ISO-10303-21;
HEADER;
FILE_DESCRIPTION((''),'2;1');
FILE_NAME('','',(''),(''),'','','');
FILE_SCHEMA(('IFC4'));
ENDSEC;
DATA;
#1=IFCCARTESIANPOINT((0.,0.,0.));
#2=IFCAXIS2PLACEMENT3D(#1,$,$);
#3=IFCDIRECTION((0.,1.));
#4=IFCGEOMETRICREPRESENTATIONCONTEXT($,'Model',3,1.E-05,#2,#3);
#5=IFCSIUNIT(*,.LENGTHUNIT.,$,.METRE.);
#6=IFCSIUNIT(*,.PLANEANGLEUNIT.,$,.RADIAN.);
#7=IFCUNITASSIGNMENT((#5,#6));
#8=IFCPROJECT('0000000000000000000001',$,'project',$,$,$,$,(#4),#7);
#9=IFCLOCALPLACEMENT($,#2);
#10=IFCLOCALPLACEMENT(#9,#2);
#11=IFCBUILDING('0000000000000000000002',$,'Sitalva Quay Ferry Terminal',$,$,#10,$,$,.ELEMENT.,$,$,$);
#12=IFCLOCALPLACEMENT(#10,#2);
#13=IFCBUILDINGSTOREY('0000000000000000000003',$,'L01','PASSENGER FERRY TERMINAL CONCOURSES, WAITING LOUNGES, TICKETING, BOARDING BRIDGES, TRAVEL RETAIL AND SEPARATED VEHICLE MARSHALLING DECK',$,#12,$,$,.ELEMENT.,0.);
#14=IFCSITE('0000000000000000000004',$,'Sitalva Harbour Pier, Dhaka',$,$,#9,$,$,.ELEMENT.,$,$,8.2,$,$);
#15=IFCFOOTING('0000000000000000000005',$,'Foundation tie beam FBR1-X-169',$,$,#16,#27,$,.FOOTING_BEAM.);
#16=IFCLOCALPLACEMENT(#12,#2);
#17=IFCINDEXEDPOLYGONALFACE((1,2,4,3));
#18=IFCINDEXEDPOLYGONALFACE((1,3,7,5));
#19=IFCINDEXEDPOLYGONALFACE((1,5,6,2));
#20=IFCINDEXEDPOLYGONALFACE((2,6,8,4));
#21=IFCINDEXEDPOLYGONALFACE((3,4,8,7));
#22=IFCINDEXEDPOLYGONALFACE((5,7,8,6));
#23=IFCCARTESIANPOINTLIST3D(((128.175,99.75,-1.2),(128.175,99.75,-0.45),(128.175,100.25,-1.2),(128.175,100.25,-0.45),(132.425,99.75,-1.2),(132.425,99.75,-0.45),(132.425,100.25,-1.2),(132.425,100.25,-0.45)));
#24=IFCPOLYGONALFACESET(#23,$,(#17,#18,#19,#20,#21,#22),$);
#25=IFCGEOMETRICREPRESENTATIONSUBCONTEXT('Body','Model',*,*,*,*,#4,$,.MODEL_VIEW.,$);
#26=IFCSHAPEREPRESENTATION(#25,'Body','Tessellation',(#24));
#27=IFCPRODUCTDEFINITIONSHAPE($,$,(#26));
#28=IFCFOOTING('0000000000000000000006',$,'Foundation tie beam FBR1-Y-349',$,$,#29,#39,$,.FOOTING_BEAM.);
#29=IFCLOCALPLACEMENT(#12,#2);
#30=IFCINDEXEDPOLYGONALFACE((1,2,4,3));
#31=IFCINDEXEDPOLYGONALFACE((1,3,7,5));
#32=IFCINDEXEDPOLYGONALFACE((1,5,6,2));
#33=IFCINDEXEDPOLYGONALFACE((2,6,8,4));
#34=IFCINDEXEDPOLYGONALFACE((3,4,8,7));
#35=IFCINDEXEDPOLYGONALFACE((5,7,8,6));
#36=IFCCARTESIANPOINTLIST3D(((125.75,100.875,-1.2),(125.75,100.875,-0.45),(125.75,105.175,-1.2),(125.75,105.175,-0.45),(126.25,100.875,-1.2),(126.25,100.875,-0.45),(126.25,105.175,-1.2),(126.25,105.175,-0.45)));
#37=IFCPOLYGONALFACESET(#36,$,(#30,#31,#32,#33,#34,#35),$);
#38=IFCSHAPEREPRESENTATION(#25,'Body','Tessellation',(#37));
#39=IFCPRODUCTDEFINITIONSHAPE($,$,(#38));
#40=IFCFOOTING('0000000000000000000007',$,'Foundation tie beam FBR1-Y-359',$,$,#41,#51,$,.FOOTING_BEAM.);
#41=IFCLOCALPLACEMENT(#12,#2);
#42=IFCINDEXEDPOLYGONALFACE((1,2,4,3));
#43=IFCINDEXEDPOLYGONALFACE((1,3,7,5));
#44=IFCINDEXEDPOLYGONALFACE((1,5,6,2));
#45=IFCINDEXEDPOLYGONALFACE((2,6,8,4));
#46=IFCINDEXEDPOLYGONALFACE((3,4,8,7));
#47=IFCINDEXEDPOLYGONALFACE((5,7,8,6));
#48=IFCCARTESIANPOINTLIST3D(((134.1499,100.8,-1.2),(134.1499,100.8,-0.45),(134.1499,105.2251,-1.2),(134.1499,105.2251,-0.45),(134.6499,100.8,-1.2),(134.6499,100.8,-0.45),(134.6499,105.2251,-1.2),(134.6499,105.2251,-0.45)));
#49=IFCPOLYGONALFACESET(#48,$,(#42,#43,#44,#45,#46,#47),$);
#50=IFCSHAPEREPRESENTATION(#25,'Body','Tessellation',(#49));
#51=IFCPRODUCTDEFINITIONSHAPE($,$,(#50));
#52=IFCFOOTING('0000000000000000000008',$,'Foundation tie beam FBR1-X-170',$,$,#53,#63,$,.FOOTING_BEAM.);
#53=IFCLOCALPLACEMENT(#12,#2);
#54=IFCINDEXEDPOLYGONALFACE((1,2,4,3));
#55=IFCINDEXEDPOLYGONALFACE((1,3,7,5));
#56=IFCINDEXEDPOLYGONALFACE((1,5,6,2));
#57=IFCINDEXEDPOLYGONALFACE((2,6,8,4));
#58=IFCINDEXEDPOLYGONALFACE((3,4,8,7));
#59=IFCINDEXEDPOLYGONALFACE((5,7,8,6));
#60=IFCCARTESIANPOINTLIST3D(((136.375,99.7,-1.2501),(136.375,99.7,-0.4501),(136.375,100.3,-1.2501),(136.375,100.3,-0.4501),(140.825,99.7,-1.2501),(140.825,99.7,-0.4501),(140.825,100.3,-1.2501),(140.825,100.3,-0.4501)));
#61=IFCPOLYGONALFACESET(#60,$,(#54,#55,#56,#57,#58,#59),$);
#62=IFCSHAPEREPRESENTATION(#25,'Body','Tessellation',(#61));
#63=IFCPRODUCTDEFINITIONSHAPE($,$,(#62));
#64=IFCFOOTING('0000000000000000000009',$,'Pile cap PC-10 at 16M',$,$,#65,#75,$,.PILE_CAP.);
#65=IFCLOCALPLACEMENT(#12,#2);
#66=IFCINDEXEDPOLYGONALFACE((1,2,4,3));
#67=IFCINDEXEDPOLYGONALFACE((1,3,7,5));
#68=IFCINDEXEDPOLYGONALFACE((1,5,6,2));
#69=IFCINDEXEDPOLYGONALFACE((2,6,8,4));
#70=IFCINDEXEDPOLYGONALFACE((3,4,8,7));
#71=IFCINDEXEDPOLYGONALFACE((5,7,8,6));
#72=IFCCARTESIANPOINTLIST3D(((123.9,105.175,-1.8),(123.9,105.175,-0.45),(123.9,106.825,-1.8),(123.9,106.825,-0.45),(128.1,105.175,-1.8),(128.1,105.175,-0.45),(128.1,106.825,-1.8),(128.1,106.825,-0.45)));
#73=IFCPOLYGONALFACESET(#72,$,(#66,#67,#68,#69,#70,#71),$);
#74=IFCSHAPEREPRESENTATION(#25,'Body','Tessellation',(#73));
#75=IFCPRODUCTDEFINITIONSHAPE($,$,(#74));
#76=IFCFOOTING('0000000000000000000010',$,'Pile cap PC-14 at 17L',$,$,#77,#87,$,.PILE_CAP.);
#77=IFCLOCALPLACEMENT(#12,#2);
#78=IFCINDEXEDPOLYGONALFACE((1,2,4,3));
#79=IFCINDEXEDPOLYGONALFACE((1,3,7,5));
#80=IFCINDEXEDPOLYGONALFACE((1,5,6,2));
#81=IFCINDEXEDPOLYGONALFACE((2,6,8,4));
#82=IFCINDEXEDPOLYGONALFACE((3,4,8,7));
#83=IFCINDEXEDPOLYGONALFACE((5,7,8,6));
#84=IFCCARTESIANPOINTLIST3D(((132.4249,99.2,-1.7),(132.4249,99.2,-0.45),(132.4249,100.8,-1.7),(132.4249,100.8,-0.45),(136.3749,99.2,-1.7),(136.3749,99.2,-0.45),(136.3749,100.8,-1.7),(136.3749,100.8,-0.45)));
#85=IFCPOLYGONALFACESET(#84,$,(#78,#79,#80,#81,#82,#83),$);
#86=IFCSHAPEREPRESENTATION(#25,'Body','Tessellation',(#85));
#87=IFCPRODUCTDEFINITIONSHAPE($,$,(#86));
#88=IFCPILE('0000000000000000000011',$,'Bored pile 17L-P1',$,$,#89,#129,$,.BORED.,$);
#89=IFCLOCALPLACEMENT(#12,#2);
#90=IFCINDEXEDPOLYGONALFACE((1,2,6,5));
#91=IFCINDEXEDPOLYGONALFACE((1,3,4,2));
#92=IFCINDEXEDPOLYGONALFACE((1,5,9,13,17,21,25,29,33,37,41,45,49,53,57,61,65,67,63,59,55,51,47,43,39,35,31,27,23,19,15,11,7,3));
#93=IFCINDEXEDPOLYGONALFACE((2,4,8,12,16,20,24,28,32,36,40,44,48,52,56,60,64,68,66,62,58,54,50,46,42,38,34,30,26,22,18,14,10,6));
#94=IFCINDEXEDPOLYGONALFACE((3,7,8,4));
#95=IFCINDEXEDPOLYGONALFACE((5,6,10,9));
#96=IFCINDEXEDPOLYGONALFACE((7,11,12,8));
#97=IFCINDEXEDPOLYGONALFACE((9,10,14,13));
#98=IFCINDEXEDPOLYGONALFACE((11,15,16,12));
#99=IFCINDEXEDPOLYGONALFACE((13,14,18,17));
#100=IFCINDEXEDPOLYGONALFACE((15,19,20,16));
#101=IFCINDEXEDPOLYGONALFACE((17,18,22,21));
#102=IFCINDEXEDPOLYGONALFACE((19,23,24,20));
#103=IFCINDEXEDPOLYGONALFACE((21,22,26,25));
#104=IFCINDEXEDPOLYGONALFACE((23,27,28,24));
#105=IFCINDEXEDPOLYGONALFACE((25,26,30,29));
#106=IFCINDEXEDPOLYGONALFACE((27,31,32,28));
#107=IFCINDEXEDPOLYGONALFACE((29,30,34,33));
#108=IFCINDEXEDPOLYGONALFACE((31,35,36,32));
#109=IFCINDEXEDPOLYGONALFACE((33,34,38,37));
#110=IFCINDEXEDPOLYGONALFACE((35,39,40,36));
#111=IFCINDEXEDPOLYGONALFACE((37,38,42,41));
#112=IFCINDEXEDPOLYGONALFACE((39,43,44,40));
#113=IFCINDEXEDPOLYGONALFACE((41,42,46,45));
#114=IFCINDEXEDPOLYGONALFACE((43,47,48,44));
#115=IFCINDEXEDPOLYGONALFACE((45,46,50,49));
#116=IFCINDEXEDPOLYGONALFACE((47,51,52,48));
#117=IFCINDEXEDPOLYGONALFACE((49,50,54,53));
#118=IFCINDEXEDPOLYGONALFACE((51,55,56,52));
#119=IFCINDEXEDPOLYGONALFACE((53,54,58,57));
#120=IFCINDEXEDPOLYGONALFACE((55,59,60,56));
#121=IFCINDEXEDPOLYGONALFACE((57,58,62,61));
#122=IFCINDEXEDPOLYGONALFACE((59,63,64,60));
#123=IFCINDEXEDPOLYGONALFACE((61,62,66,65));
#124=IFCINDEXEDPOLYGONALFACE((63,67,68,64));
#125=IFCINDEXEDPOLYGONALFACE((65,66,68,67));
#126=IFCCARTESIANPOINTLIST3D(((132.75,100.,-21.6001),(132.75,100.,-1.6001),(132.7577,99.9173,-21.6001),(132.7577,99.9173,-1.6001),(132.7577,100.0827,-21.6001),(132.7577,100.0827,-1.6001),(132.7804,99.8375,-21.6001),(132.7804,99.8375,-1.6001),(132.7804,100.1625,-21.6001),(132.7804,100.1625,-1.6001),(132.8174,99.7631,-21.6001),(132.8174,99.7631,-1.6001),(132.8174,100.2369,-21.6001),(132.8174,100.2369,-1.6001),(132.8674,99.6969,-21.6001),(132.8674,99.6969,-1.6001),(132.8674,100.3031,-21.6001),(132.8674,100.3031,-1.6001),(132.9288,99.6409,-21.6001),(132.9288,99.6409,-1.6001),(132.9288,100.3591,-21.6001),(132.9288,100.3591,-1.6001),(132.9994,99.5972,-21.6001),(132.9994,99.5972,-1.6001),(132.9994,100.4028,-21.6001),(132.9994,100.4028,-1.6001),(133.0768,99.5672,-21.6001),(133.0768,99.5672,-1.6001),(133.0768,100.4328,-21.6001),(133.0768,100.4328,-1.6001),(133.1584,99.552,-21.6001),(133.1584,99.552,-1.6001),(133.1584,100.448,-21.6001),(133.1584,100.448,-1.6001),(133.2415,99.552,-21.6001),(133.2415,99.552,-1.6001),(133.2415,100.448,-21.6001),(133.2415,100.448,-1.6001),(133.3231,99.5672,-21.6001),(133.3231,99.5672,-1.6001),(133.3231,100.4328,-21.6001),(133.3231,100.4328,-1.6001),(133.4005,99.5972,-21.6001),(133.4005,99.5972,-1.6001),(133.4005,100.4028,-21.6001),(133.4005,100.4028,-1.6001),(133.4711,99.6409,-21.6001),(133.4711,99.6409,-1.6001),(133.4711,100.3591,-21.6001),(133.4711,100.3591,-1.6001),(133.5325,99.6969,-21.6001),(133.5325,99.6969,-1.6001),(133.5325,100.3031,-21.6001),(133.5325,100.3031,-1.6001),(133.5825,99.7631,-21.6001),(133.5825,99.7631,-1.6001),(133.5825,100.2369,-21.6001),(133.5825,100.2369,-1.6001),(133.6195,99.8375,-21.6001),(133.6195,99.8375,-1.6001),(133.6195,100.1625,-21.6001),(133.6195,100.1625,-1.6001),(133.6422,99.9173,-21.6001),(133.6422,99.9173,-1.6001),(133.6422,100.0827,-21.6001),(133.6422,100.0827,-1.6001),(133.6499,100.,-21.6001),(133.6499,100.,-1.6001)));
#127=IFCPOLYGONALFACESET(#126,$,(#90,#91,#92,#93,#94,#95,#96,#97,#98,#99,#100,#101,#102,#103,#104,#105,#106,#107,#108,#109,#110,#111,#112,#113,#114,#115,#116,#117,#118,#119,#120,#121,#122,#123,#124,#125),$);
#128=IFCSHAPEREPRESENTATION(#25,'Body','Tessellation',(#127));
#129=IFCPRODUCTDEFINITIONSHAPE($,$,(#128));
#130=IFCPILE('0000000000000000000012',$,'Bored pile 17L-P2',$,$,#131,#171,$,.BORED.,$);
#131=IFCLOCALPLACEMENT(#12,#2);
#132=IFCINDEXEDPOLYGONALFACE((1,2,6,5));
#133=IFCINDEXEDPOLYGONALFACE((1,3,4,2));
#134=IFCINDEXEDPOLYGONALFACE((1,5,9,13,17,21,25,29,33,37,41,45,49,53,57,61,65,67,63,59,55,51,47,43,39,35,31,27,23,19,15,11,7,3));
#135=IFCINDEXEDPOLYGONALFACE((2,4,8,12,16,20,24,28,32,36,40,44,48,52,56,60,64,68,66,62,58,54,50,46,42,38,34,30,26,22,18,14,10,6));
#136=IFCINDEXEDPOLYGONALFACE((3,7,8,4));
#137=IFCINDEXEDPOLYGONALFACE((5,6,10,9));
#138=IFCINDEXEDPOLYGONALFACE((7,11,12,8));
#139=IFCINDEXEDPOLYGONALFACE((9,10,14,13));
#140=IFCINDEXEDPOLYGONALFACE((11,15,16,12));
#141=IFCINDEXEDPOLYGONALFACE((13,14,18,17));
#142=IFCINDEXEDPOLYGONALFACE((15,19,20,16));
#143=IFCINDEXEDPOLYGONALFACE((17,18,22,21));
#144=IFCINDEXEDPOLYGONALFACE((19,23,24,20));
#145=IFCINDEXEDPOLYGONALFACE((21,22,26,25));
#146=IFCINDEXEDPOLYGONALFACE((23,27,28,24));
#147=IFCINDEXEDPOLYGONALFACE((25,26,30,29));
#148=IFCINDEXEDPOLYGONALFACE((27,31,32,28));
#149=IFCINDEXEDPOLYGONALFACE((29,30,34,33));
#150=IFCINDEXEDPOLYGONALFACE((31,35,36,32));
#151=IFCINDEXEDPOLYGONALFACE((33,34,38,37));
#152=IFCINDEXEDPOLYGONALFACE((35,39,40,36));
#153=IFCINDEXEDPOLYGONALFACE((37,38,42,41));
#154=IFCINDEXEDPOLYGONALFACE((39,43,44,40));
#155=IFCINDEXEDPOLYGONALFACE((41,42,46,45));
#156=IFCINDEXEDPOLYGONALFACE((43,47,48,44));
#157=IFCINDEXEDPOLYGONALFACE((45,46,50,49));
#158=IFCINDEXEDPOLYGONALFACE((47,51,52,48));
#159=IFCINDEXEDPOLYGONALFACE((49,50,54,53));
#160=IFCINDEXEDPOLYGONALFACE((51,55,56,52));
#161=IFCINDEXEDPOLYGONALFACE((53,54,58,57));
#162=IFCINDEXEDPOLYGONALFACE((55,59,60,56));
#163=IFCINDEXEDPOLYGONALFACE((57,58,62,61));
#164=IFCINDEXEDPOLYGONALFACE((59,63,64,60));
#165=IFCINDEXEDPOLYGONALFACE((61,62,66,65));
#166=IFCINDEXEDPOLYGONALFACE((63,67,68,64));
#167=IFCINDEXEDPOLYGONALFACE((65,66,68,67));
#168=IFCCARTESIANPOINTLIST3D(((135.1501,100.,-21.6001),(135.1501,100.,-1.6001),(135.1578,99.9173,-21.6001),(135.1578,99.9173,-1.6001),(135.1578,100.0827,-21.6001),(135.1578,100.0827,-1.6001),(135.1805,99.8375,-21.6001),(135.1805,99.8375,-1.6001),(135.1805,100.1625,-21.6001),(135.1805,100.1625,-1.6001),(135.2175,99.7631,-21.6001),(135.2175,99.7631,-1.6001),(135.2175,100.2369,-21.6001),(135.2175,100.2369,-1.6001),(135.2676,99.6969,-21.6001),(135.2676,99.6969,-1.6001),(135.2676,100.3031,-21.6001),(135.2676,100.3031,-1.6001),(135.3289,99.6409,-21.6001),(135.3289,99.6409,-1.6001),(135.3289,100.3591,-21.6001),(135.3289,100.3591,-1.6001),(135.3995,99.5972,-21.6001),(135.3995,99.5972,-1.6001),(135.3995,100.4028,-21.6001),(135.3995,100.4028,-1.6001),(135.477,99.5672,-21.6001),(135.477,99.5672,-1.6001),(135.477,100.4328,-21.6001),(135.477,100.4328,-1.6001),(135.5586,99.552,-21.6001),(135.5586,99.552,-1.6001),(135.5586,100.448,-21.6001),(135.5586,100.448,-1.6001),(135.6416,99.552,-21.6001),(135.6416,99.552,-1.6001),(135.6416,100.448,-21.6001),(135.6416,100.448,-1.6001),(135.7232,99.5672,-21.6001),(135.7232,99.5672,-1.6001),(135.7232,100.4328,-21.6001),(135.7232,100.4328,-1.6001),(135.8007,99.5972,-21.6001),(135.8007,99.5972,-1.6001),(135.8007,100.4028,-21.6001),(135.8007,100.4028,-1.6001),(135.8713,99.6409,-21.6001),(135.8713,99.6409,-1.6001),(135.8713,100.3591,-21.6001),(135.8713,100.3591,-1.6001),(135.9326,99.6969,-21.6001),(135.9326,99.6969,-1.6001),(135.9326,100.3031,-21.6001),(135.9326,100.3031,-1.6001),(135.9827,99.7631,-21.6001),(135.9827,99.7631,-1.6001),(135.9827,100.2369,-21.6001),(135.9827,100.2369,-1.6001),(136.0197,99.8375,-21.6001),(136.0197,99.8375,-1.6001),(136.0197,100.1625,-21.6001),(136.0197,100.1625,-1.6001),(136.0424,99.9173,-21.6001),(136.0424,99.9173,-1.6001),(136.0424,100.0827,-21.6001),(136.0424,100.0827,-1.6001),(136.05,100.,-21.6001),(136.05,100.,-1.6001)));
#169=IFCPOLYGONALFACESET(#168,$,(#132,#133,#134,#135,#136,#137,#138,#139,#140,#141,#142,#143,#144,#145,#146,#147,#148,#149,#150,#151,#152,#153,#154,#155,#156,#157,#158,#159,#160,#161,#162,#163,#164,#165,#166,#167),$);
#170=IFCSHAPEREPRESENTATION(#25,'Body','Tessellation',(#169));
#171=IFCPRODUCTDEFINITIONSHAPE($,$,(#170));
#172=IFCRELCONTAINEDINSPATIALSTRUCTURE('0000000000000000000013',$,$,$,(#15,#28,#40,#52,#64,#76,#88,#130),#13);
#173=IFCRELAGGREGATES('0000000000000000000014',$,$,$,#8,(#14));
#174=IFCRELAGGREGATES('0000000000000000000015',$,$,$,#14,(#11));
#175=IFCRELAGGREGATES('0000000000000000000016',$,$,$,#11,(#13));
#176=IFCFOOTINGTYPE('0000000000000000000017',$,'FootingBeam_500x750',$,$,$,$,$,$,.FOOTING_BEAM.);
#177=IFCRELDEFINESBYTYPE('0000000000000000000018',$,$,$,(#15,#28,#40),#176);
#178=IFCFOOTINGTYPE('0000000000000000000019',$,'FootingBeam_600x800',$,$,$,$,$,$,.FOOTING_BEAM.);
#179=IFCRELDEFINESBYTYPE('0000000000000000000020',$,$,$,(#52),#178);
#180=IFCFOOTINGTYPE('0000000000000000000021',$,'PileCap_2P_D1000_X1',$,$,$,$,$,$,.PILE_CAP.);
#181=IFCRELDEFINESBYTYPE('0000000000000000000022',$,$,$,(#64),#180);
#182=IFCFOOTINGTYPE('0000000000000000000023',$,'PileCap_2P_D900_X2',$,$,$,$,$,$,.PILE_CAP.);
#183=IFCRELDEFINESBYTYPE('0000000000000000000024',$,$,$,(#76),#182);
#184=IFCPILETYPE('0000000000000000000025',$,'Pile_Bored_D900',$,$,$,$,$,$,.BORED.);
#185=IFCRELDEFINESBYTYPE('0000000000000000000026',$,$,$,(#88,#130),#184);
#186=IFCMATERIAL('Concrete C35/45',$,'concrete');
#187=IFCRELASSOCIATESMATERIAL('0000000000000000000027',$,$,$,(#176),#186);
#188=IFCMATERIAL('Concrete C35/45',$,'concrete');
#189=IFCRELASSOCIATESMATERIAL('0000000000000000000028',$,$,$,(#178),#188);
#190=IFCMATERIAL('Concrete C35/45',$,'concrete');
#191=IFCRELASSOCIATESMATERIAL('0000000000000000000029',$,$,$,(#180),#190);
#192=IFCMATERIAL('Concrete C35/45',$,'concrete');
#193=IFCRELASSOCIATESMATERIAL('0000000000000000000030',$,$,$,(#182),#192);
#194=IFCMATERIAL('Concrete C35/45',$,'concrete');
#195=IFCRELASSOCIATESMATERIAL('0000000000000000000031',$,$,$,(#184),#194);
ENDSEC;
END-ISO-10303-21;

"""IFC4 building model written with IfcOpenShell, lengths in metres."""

from ifc_helpers import new_model, si_unit, direction, frame, origin, origin_2d, place, context, subcontext, project, spatial, rectangle, circle, extrude, material, material_profile, profile_set, type_object, element, save


model = new_model("IFC4")

# Units and contexts
model_context = context("Model", 3, precision=1e-05, world=origin(), true_north=direction((0.0, 1.0)))
body_context = subcontext(model_context, "Body", "Model", "MODEL_VIEW")
ifc_project = project(units=[si_unit("LENGTHUNIT", "METRE"), si_unit("PLANEANGLEUNIT", "RADIAN")], contexts=[model_context])

# Site, building, storey
site_placement = place(None, origin())
site = spatial("IfcSite", under=ifc_project, at=site_placement, Name="Sitalva Harbour Pier, Dhaka", CompositionType="ELEMENT", RefElevation=8.2)
building_placement = place(site_placement, origin())
building = spatial("IfcBuilding", under=site, at=building_placement, Name="Sitalva Quay Ferry Terminal", CompositionType="ELEMENT")
storey_placement = place(building_placement, origin())
storey = spatial("IfcBuildingStorey", under=building, at=storey_placement, Name="L01", Description="PASSENGER FERRY TERMINAL CONCOURSES, WAITING LOUNGES, TICKETING, BOARDING BRIDGES, TRAVEL RETAIL AND SEPARATED VEHICLE MARSHALLING DECK", CompositionType="ELEMENT", Elevation=0.0)

# Footings
ifc_material_1 = material(Name="Concrete C35/45", Category="concrete")
ifc_material_profile_1 = material_profile(ifc_material_1, rectangle(XDim=0.5, YDim=0.75, at=origin_2d()), Name="RC500x750")
ifc_profile_set_1 = profile_set([ifc_material_profile_1], Name="Concrete C35/45")
footing_type_1 = type_object("IfcFootingType", Name="FootingBeam_500x750", PredefinedType="FOOTING_BEAM", material=ifc_profile_set_1)
footing_1_placement = place(storey_placement, frame((128.175, 100.0, -0.825), z_axis=(1.0, 0.0, 0.0), x_axis=(0.0, 1.0, 0.0)))
element("IfcFooting", 1, at=footing_1_placement, inside=storey, type_object=footing_type_1, Name="Foundation tie beam FBR1-X-169", PredefinedType="FOOTING_BEAM", context=body_context, shape_type="SweptSolid", body=[
    extrude(rectangle(XDim=0.5, YDim=0.75, at=origin_2d()), origin(), (0.0, 0.0, 1.0), 4.25),
])
footing_2_placement = place(storey_placement, frame((126.0, 100.875, -0.825), z_axis=(0.0, 1.0, 0.0), x_axis=(-1.0, 0.0, 0.0)))
element("IfcFooting", 2, at=footing_2_placement, inside=storey, type_object=footing_type_1, Name="Foundation tie beam FBR1-Y-349", PredefinedType="FOOTING_BEAM", context=body_context, shape_type="SweptSolid", body=[
    extrude(rectangle(XDim=0.5, YDim=0.75, at=origin_2d()), origin(), (0.0, 0.0, 1.0), 4.3),
])
footing_3_placement = place(storey_placement, frame((134.3999, 100.8, -0.825), z_axis=(0.0, 1.0, 0.0), x_axis=(-1.0, 0.0, 0.0)))
element("IfcFooting", 3, at=footing_3_placement, inside=storey, type_object=footing_type_1, Name="Foundation tie beam FBR1-Y-359", PredefinedType="FOOTING_BEAM", context=body_context, shape_type="SweptSolid", body=[
    extrude(rectangle(XDim=0.5, YDim=0.75, at=origin_2d()), origin(), (0.0, 0.0, 1.0), 4.425),
])
ifc_material_2 = material(Name="Concrete C35/45", Category="concrete")
ifc_material_profile_2 = material_profile(ifc_material_2, rectangle(XDim=0.6001, YDim=0.8, at=origin_2d()), Name="RC600x800")
ifc_profile_set_2 = profile_set([ifc_material_profile_2], Name="Concrete C35/45")
footing_type_2 = type_object("IfcFootingType", Name="FootingBeam_600x800", PredefinedType="FOOTING_BEAM", material=ifc_profile_set_2)
footing_4_placement = place(storey_placement, frame((136.375, 100.0, -0.8501), z_axis=(1.0, 0.0, 0.0), x_axis=(0.0, 1.0, 0.0)))
element("IfcFooting", 4, at=footing_4_placement, inside=storey, type_object=footing_type_2, Name="Foundation tie beam FBR1-X-170", PredefinedType="FOOTING_BEAM", context=body_context, shape_type="SweptSolid", body=[
    extrude(rectangle(XDim=0.6001, YDim=0.8, at=origin_2d()), origin(), (0.0, 0.0, 1.0), 4.45),
])
ifc_material_3 = material(Name="Concrete C35/45", Category="concrete")
footing_type_3 = type_object("IfcFootingType", Name="PileCap_2P_D1000_X1", PredefinedType="PILE_CAP", material=ifc_material_3)
footing_5_placement = place(storey_placement, frame((126.0, 106.0, -1.8), z_axis=(0.0, 0.0, 1.0), x_axis=(1.0, 0.0, 0.0)))
element("IfcFooting", 5, at=footing_5_placement, inside=storey, type_object=footing_type_3, Name="Pile cap PC-10 at 16M", PredefinedType="PILE_CAP", context=body_context, shape_type="SweptSolid", body=[
    extrude(rectangle(XDim=4.2, YDim=1.6499, at=origin_2d()), origin(), (0.0, 0.0, 1.0), 1.3501),
])
ifc_material_4 = material(Name="Concrete C35/45", Category="concrete")
footing_type_4 = type_object("IfcFootingType", Name="PileCap_2P_D900_X2", PredefinedType="PILE_CAP", material=ifc_material_4)
footing_6_placement = place(storey_placement, frame((134.3999, 100.0, -1.7), z_axis=(0.0, 0.0, 1.0), x_axis=(1.0, 0.0, 0.0)))
element("IfcFooting", 6, at=footing_6_placement, inside=storey, type_object=footing_type_4, Name="Pile cap PC-14 at 17L", PredefinedType="PILE_CAP", context=body_context, shape_type="SweptSolid", body=[
    extrude(rectangle(XDim=3.95, YDim=1.6001, at=origin_2d()), origin(), (0.0, 0.0, 1.0), 1.25),
])

# Piles
ifc_material_5 = material(Name="Concrete C35/45", Category="concrete")
ifc_material_profile_3 = material_profile(ifc_material_5, circle(Radius=0.45, at=origin_2d()), Name="PILE-D900")
ifc_profile_set_3 = profile_set([ifc_material_profile_3], Name="Concrete C35/45")
pile_type = type_object("IfcPileType", Name="Pile_Bored_D900", PredefinedType="BORED", material=ifc_profile_set_3)
for number, where, z_axis, x_axis, name in (
    (7, (133.2, 100.0, -1.6001), (0.0, 0.0, -1.0), (1.0, 0.0, 0.0), "Bored pile 17L-P1"),
    (8, (135.6001, 100.0, -1.6001), (0.0, 0.0, -1.0), (1.0, 0.0, 0.0), "Bored pile 17L-P2"),
):
    element("IfcPile", number, at=place(storey_placement, frame(where, z_axis=z_axis, x_axis=x_axis)), inside=storey, type_object=pile_type, Name=name, PredefinedType="BORED", context=body_context, shape_type="SweptSolid", body=[
        extrude(circle(Radius=0.45, at=origin_2d()), origin(), (0.0, 0.0, 1.0), 20.0),
    ])

save(model, "model.ifc")
